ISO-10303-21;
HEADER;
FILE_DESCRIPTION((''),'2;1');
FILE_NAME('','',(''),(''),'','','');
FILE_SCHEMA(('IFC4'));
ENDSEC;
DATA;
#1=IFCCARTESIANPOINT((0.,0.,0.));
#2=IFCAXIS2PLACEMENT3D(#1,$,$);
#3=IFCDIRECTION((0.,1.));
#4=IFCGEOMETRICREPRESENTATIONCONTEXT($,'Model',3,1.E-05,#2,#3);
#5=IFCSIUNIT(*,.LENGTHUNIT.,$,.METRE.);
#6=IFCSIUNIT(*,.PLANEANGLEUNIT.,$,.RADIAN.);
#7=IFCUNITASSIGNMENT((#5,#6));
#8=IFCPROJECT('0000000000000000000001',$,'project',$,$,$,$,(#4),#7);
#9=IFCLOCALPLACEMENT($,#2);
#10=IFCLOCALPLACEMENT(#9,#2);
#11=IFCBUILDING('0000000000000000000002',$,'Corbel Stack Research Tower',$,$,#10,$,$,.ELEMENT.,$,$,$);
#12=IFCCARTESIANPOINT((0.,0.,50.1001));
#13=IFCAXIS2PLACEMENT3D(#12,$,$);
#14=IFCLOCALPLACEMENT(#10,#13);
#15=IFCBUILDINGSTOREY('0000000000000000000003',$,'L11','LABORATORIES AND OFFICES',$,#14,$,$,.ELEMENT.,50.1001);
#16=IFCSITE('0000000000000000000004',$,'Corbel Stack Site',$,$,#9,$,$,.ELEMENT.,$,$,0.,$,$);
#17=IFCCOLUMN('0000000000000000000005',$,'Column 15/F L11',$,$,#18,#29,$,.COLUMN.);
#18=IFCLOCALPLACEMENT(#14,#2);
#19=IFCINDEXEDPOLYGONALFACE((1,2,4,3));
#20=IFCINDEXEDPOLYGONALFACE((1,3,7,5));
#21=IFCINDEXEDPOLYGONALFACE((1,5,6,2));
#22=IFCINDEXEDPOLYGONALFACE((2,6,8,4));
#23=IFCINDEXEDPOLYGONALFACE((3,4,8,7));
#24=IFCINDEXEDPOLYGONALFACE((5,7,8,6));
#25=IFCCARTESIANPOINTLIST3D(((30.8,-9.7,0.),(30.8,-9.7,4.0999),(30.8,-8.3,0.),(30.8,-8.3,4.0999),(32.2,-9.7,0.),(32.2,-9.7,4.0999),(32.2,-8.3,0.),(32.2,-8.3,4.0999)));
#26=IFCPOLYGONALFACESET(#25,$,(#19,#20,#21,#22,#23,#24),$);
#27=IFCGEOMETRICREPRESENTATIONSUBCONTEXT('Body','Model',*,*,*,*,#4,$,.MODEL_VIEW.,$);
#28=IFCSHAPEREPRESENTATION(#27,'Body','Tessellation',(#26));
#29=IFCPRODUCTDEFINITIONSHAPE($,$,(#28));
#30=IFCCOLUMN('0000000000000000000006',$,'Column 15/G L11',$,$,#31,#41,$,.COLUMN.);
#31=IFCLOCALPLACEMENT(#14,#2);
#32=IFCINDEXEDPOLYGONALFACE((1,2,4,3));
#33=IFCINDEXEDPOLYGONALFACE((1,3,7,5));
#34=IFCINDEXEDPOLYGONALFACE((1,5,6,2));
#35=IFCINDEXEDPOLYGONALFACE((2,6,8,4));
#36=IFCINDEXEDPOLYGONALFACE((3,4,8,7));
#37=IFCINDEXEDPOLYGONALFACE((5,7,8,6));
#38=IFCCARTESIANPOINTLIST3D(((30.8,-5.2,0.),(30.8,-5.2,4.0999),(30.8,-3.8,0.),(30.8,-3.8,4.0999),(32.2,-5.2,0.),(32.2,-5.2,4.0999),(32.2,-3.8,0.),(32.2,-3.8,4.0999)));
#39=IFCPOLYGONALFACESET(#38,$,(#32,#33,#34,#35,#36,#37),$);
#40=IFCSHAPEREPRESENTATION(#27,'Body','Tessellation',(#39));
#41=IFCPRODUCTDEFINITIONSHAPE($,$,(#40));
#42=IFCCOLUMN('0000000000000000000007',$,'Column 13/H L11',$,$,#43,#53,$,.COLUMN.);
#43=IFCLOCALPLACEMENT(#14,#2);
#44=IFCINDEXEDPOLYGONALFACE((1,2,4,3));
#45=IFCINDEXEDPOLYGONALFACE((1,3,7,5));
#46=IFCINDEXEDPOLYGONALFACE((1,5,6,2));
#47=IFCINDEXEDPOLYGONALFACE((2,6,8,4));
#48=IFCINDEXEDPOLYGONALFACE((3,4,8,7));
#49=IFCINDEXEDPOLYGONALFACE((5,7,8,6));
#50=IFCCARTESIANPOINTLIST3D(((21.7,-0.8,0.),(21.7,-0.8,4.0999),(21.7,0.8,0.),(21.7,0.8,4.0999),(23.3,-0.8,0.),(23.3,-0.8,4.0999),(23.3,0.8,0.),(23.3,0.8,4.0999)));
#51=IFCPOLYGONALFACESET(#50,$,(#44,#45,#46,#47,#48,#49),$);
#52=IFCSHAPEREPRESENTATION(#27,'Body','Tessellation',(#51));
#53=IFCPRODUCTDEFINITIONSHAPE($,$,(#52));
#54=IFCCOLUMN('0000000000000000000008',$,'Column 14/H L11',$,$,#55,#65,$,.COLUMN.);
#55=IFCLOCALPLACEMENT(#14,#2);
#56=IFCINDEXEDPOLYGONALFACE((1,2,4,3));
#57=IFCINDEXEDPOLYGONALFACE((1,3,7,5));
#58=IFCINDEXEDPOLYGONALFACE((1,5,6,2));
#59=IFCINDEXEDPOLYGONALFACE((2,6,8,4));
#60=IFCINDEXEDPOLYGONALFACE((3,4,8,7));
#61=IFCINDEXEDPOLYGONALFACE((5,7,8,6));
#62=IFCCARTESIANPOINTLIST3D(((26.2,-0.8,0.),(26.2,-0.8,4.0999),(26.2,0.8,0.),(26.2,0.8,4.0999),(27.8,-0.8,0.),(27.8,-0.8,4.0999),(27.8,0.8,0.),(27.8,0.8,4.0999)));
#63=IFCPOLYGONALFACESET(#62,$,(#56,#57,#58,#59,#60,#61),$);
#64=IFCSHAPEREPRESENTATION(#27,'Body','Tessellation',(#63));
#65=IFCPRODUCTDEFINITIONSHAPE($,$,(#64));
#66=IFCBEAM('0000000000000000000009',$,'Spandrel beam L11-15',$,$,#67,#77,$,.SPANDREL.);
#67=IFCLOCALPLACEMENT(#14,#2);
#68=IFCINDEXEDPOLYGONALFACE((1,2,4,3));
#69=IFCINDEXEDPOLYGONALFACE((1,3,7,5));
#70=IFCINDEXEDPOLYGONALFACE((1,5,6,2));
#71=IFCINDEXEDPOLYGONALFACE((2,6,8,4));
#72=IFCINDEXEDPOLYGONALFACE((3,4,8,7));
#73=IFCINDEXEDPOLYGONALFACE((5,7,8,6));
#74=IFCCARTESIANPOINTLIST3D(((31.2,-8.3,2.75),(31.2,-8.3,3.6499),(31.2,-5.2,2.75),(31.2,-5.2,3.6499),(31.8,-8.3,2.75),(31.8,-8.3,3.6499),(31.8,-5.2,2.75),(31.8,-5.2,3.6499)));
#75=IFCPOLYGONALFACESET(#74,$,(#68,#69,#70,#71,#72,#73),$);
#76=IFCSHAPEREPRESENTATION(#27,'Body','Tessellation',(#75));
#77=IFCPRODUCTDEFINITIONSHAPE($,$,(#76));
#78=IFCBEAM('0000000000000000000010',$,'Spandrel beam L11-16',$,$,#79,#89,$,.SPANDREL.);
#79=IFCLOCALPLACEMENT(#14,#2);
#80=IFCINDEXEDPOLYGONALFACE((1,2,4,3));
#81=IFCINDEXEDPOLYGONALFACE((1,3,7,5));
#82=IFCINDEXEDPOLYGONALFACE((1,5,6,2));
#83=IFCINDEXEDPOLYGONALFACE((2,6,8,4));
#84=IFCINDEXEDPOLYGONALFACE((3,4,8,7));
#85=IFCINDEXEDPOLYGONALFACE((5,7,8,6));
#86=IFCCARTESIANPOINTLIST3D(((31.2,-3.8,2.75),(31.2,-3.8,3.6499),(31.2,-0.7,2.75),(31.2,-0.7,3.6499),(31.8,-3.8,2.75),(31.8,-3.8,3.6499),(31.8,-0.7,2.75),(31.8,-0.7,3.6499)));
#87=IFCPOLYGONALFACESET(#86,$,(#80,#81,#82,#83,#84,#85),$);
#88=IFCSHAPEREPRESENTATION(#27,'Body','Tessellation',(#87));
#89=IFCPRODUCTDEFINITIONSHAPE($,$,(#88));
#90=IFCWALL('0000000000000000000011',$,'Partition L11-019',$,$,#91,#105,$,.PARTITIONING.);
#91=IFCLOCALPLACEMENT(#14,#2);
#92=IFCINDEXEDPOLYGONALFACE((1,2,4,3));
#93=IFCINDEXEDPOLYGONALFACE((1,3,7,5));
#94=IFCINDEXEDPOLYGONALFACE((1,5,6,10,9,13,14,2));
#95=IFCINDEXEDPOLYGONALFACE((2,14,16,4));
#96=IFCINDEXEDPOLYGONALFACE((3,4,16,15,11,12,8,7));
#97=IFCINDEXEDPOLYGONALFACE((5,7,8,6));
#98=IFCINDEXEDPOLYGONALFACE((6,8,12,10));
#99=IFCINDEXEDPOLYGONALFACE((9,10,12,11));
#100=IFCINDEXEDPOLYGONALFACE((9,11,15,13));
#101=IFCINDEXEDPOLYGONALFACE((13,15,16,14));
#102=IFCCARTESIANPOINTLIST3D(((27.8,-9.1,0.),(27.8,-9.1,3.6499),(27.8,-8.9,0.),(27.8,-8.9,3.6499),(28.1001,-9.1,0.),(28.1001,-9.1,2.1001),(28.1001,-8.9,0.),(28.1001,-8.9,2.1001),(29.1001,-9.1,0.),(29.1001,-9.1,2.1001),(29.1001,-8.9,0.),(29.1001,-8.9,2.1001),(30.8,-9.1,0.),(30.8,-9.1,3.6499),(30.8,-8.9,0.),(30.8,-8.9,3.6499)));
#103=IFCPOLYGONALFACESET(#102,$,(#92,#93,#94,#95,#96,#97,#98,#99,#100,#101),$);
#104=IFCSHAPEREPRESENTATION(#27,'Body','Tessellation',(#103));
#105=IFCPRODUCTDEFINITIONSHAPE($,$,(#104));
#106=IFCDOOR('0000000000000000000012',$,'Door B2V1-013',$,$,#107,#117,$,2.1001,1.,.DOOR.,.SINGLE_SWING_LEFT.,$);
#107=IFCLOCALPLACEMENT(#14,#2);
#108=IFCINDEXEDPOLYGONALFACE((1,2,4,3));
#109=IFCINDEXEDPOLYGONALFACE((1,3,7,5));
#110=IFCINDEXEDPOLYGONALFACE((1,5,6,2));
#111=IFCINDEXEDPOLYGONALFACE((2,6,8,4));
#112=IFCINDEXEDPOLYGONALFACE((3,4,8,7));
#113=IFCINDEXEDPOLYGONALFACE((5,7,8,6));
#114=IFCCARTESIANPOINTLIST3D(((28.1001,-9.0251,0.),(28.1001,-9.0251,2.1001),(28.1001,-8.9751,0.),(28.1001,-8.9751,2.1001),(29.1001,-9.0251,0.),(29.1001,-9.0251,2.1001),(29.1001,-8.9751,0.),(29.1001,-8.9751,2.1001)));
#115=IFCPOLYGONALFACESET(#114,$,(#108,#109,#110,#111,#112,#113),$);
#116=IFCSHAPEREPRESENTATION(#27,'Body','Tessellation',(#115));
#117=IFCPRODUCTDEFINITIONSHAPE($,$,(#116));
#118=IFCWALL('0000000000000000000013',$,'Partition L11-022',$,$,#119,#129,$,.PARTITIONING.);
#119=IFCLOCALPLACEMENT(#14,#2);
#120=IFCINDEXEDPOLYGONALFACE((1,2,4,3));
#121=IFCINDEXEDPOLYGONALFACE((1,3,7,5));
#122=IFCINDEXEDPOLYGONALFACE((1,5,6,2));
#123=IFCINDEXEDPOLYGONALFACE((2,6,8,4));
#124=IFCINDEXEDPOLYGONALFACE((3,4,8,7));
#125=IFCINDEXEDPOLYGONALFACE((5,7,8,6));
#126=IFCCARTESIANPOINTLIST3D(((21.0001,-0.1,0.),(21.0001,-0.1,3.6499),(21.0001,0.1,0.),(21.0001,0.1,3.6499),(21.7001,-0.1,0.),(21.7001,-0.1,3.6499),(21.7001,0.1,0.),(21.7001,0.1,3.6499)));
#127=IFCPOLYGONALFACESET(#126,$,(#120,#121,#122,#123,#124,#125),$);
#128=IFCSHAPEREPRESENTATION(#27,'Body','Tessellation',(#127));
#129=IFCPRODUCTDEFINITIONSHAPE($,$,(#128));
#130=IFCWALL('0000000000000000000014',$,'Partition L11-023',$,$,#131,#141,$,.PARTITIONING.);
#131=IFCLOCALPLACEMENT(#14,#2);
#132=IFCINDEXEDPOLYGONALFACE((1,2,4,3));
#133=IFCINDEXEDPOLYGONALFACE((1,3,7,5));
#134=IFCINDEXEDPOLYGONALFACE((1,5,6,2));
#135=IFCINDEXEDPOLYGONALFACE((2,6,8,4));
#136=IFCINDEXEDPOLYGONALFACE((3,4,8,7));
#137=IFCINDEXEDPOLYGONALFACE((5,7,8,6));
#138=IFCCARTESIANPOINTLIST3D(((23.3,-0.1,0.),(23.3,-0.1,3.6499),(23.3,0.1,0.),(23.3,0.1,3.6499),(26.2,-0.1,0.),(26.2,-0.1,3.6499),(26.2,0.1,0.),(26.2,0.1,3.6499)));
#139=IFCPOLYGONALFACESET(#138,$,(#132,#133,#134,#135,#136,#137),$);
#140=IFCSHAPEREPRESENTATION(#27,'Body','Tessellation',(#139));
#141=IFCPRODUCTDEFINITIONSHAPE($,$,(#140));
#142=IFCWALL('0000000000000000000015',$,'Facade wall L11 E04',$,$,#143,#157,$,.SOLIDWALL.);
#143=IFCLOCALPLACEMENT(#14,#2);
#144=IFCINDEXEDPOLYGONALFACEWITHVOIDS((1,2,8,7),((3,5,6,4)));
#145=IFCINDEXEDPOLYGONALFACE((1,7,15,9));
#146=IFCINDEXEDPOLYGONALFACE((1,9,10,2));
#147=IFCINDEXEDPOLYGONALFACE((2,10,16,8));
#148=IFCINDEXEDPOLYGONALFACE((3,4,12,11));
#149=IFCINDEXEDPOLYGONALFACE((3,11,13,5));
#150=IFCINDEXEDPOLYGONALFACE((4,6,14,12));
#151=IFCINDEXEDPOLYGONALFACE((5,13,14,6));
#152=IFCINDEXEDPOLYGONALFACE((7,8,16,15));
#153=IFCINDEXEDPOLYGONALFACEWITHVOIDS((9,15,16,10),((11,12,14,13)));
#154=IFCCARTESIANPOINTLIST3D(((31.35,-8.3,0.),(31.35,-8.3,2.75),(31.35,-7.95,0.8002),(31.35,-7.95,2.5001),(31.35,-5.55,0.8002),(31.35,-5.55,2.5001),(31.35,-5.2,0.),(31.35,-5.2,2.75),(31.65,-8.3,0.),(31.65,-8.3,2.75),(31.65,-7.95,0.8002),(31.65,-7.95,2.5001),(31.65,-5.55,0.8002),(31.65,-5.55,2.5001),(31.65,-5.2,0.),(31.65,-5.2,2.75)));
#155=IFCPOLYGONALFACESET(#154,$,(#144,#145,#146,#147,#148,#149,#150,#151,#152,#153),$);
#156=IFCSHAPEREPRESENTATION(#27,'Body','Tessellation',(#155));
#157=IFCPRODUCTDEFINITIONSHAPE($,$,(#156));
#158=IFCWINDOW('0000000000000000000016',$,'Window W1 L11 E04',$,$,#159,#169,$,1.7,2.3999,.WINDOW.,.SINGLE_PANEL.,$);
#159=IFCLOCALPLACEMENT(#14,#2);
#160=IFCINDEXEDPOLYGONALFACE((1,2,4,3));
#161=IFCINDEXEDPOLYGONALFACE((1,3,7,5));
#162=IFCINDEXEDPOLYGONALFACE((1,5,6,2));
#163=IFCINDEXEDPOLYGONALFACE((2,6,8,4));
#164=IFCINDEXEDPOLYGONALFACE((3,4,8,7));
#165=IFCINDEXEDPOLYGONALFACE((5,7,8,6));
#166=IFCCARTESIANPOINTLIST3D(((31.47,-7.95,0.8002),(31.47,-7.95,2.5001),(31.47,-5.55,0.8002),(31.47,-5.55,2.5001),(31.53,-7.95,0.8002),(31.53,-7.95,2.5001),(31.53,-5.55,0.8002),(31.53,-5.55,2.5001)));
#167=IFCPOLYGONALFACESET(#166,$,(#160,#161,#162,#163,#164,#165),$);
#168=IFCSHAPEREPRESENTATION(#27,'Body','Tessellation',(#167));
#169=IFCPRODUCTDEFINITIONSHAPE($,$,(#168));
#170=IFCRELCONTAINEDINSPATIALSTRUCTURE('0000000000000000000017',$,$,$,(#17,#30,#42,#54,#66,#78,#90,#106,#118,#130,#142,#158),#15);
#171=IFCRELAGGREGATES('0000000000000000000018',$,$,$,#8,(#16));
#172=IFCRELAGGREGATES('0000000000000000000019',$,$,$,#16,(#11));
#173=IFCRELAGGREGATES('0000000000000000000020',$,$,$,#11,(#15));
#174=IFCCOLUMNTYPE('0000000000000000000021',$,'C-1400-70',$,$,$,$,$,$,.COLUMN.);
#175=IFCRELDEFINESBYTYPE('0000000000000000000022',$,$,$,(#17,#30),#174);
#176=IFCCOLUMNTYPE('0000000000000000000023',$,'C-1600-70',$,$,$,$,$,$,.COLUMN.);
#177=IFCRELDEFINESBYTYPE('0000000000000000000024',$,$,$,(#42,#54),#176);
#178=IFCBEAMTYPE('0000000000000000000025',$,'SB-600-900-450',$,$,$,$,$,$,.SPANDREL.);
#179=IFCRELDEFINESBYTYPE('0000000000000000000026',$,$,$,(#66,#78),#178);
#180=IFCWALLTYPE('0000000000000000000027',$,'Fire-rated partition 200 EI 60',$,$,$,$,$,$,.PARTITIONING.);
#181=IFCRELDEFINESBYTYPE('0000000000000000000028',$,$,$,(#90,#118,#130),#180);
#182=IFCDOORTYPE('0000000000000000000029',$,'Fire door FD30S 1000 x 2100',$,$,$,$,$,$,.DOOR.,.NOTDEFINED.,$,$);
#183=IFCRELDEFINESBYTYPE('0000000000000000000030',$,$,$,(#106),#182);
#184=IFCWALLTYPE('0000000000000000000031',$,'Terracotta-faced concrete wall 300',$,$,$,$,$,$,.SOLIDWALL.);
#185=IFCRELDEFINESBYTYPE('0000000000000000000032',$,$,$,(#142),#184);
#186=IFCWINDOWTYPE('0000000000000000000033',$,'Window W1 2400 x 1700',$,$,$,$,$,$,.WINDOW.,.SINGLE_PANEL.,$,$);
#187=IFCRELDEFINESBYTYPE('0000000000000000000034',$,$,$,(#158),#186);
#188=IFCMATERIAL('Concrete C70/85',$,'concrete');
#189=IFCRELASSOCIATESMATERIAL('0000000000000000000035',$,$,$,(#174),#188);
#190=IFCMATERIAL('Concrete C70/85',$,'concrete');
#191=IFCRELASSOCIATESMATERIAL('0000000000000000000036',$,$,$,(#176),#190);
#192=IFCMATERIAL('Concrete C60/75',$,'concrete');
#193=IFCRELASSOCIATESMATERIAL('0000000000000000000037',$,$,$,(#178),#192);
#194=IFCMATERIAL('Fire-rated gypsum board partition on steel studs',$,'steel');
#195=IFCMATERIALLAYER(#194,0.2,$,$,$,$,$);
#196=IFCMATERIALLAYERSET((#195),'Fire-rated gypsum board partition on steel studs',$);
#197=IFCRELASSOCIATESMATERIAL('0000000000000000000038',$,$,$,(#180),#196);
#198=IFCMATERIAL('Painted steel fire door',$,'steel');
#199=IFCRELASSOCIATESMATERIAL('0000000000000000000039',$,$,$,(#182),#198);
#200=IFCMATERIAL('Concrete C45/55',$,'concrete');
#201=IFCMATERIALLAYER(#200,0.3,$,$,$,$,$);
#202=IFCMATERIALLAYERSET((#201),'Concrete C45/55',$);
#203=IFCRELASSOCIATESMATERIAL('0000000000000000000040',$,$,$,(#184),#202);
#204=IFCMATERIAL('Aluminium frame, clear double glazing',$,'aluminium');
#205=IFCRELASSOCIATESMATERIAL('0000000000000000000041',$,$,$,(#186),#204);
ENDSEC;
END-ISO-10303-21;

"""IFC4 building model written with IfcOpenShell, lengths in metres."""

from ifc_helpers import new_model, si_unit, direction, frame, frame_2d, origin, origin_2d, place, context, subcontext, project, spatial, rectangle, extrude, material, layer, layer_set, material_profile, profile_set, type_object, element, fill, save


model = new_model("IFC4")

# Units and contexts
model_context = context("Model", 3, precision=1e-05, world=origin(), true_north=direction((0.0, 1.0)))
body_context = subcontext(model_context, "Body", "Model", "MODEL_VIEW")
ifc_project = project(units=[si_unit("LENGTHUNIT", "METRE"), si_unit("PLANEANGLEUNIT", "RADIAN")], contexts=[model_context])

# Site, building, storey
site_placement = place(None, origin())
site = spatial("IfcSite", under=ifc_project, at=site_placement, Name="Corbel Stack Site", CompositionType="ELEMENT", RefElevation=0.0)
building_placement = place(site_placement, origin())
building = spatial("IfcBuilding", under=site, at=building_placement, Name="Corbel Stack Research Tower", CompositionType="ELEMENT")
storey_placement = place(building_placement, frame((0.0, 0.0, 50.1001)))
storey = spatial("IfcBuildingStorey", under=building, at=storey_placement, Name="L11", Description="LABORATORIES AND OFFICES", CompositionType="ELEMENT", Elevation=50.1001)

# Columns
ifc_material_1 = material(Name="Concrete C70/85", Category="concrete")
ifc_material_profile_1 = material_profile(ifc_material_1, rectangle(XDim=1.3999, YDim=1.3999, at=origin_2d()), Name="RC 1400 x 1400")
ifc_profile_set_1 = profile_set([ifc_material_profile_1], Name="Concrete C70/85")
column_type_1 = type_object("IfcColumnType", Name="C-1400-70", PredefinedType="COLUMN", material=ifc_profile_set_1)
for number, where, z_axis, x_axis, name in (
    (1, (31.5, -9.0, 0.0), (0.0, 0.0, 1.0), (1.0, 0.0, 0.0), "Column 15/F L11"),
    (2, (31.5, -4.5, 0.0), (0.0, 0.0, 1.0), (1.0, 0.0, 0.0), "Column 15/G L11"),
):
    element("IfcColumn", number, at=place(storey_placement, frame(where, z_axis=z_axis, x_axis=x_axis)), inside=storey, type_object=column_type_1, Name=name, PredefinedType="COLUMN", context=body_context, shape_type="SweptSolid", body=[
        extrude(rectangle(XDim=1.3999, YDim=1.3999, at=origin_2d()), origin(), (0.0, 0.0, 1.0), 4.0999),
    ])
ifc_material_2 = material(Name="Concrete C70/85", Category="concrete")
ifc_material_profile_2 = material_profile(ifc_material_2, rectangle(XDim=1.6001, YDim=1.6001, at=origin_2d()), Name="RC 1600 x 1600")
ifc_profile_set_2 = profile_set([ifc_material_profile_2], Name="Concrete C70/85")
column_type_2 = type_object("IfcColumnType", Name="C-1600-70", PredefinedType="COLUMN", material=ifc_profile_set_2)
for number, where, z_axis, x_axis, name in (
    (3, (22.5, 0.0, 0.0), (0.0, 0.0, 1.0), (1.0, 0.0, 0.0), "Column 13/H L11"),
    (4, (27.0, 0.0, 0.0), (0.0, 0.0, 1.0), (1.0, 0.0, 0.0), "Column 14/H L11"),
):
    element("IfcColumn", number, at=place(storey_placement, frame(where, z_axis=z_axis, x_axis=x_axis)), inside=storey, type_object=column_type_2, Name=name, PredefinedType="COLUMN", context=body_context, shape_type="SweptSolid", body=[
        extrude(rectangle(XDim=1.6001, YDim=1.6001, at=origin_2d()), origin(), (0.0, 0.0, 1.0), 4.0999),
    ])

# Beams
ifc_material_3 = material(Name="Concrete C60/75", Category="concrete")
ifc_material_profile_3 = material_profile(ifc_material_3, rectangle(XDim=0.6001, YDim=0.8999, at=origin_2d()), Name="RC 600 x 900")
ifc_profile_set_3 = profile_set([ifc_material_profile_3], Name="Concrete C60/75")
beam_type = type_object("IfcBeamType", Name="SB-600-900-450", PredefinedType="SPANDREL", material=ifc_profile_set_3)
for number, where, z_axis, x_axis, name in (
    (5, (31.5, -8.3, 3.2), (0.0, 1.0, 0.0), (-1.0, 0.0, 0.0), "Spandrel beam L11-15"),
    (6, (31.5, -3.8, 3.2), (0.0, 1.0, 0.0), (-1.0, 0.0, 0.0), "Spandrel beam L11-16"),
):
    element("IfcBeam", number, at=place(storey_placement, frame(where, z_axis=z_axis, x_axis=x_axis)), inside=storey, type_object=beam_type, Name=name, PredefinedType="SPANDREL", context=body_context, shape_type="SweptSolid", body=[
        extrude(rectangle(XDim=0.6001, YDim=0.8999, at=origin_2d()), origin(), (0.0, 0.0, 1.0), 3.1001),
    ])

# Wall, opening, door
ifc_material_4 = material(Name="Fire-rated gypsum board partition on steel studs", Category="steel")
ifc_layer_1 = layer(ifc_material_4, 0.2)
ifc_layer_set_1 = layer_set([ifc_layer_1], Name="Fire-rated gypsum board partition on steel studs")
wall_type_1 = type_object("IfcWallType", Name="Fire-rated partition 200 EI 60", PredefinedType="PARTITIONING", material=ifc_layer_set_1)
wall_1_placement = place(storey_placement, frame((27.8, -9.0, 0.0), z_axis=(0.0, 0.0, 1.0), x_axis=(1.0, 0.0, 0.0)))
wall_1 = element("IfcWall", 7, at=wall_1_placement, inside=storey, type_object=wall_type_1, Name="Partition L11-019", PredefinedType="PARTITIONING", context=body_context, shape_type="SweptSolid", body=[
    extrude(rectangle(XDim=3.0, YDim=0.2, at=frame_2d((1.5, 0.0))), origin(), (0.0, 0.0, 1.0), 3.6499),
])
opening_1_placement = place(wall_1_placement, frame((0.3, 0.0, 0.0)))
opening_1 = element("IfcOpeningElement", 8, at=opening_1_placement, cuts=wall_1, PredefinedType="OPENING", context=body_context, shape_type="SweptSolid", body=[
    extrude(rectangle(XDim=1.0, YDim=2.1001, at=frame_2d((0.5, 1.05))), frame((0.0, 0.1099, 0.0), z_axis=(0.0, -1.0, 0.0), x_axis=(1.0, 0.0, 0.0)), (0.0, 0.0, 1.0), 0.22),
])
ifc_material_5 = material(Name="Painted steel fire door", Category="steel")
door_type = type_object("IfcDoorType", Name="Fire door FD30S 1000 x 2100", OperationType="NOTDEFINED", PredefinedType="DOOR", material=ifc_material_5)
door_placement = place(opening_1_placement, origin())
door = element("IfcDoor", 9, at=door_placement, inside=storey, type_object=door_type, Name="Door B2V1-013", OperationType="SINGLE_SWING_LEFT", OverallHeight=2.1001, OverallWidth=1.0, PredefinedType="DOOR", context=body_context, shape_type="SweptSolid", body=[
    extrude(rectangle(XDim=1.0, YDim=2.1001, at=frame_2d((0.5, 1.05))), frame((0.0, 0.0249, 0.0), z_axis=(0.0, -1.0, 0.0), x_axis=(1.0, 0.0, 0.0)), (0.0, 0.0, 1.0), 0.05),
])
fill(opening_1, door)

# Walls
wall_2_placement = place(storey_placement, frame((21.0, 0.0, 0.0), z_axis=(0.0, 0.0, 1.0), x_axis=(1.0, 0.0, 0.0)))
element("IfcWall", 10, at=wall_2_placement, inside=storey, type_object=wall_type_1, Name="Partition L11-022", PredefinedType="PARTITIONING", context=body_context, shape_type="SweptSolid", body=[
    extrude(rectangle(XDim=0.7, YDim=0.2, at=frame_2d((0.3501, 0.0))), origin(), (0.0, 0.0, 1.0), 3.6499),
])
wall_3_placement = place(storey_placement, frame((23.3, 0.0, 0.0), z_axis=(0.0, 0.0, 1.0), x_axis=(1.0, 0.0, 0.0)))
element("IfcWall", 11, at=wall_3_placement, inside=storey, type_object=wall_type_1, Name="Partition L11-023", PredefinedType="PARTITIONING", context=body_context, shape_type="SweptSolid", body=[
    extrude(rectangle(XDim=2.8999, YDim=0.2, at=frame_2d((1.45, 0.0))), origin(), (0.0, 0.0, 1.0), 3.6499),
])

# Wall, opening, window
ifc_material_6 = material(Name="Concrete C45/55", Category="concrete")
ifc_layer_2 = layer(ifc_material_6, 0.3)
ifc_layer_set_2 = layer_set([ifc_layer_2], Name="Concrete C45/55")
wall_type_2 = type_object("IfcWallType", Name="Terracotta-faced concrete wall 300", PredefinedType="SOLIDWALL", material=ifc_layer_set_2)
wall_4_placement = place(storey_placement, frame((31.5, -5.2, 0.0), z_axis=(0.0, 0.0, 1.0), x_axis=(0.0, -1.0, 0.0)))
wall_4 = element("IfcWall", 12, at=wall_4_placement, inside=storey, type_object=wall_type_2, Name="Facade wall L11 E04", PredefinedType="SOLIDWALL", context=body_context, shape_type="SweptSolid", body=[
    extrude(rectangle(XDim=3.1001, YDim=0.3, at=frame_2d((1.55, 0.0))), origin(), (0.0, 0.0, 1.0), 2.75),
])
opening_2_placement = place(wall_4_placement, frame((0.3501, 0.0, 0.8)))
opening_2 = element("IfcOpeningElement", 13, at=opening_2_placement, cuts=wall_4, PredefinedType="OPENING", context=body_context, shape_type="SweptSolid", body=[
    extrude(rectangle(XDim=2.3999, YDim=1.7, at=frame_2d((1.2, 0.8501))), frame((0.0, 0.1599, 0.0), z_axis=(0.0, -1.0, 0.0), x_axis=(1.0, 0.0, 0.0)), (0.0, 0.0, 1.0), 0.3201),
])
ifc_material_7 = material(Name="Aluminium frame, clear double glazing", Category="aluminium")
window_type = type_object("IfcWindowType", Name="Window W1 2400 x 1700", PartitioningType="SINGLE_PANEL", PredefinedType="WINDOW", material=ifc_material_7)
window_1_placement = place(opening_2_placement, origin())
window_1 = element("IfcWindow", 14, at=window_1_placement, inside=storey, type_object=window_type, Name="Window W1 L11 E04", OverallHeight=1.7, OverallWidth=2.3999, PartitioningType="SINGLE_PANEL", PredefinedType="WINDOW", context=body_context, shape_type="SweptSolid", body=[
    extrude(rectangle(XDim=2.3999, YDim=1.7, at=frame_2d((1.2, 0.8501))), frame((0.0, 0.03, 0.0), z_axis=(0.0, -1.0, 0.0), x_axis=(1.0, 0.0, 0.0)), (0.0, 0.0, 1.0), 0.0601),
])
fill(opening_2, window_1)

save(model, "model.ifc")
